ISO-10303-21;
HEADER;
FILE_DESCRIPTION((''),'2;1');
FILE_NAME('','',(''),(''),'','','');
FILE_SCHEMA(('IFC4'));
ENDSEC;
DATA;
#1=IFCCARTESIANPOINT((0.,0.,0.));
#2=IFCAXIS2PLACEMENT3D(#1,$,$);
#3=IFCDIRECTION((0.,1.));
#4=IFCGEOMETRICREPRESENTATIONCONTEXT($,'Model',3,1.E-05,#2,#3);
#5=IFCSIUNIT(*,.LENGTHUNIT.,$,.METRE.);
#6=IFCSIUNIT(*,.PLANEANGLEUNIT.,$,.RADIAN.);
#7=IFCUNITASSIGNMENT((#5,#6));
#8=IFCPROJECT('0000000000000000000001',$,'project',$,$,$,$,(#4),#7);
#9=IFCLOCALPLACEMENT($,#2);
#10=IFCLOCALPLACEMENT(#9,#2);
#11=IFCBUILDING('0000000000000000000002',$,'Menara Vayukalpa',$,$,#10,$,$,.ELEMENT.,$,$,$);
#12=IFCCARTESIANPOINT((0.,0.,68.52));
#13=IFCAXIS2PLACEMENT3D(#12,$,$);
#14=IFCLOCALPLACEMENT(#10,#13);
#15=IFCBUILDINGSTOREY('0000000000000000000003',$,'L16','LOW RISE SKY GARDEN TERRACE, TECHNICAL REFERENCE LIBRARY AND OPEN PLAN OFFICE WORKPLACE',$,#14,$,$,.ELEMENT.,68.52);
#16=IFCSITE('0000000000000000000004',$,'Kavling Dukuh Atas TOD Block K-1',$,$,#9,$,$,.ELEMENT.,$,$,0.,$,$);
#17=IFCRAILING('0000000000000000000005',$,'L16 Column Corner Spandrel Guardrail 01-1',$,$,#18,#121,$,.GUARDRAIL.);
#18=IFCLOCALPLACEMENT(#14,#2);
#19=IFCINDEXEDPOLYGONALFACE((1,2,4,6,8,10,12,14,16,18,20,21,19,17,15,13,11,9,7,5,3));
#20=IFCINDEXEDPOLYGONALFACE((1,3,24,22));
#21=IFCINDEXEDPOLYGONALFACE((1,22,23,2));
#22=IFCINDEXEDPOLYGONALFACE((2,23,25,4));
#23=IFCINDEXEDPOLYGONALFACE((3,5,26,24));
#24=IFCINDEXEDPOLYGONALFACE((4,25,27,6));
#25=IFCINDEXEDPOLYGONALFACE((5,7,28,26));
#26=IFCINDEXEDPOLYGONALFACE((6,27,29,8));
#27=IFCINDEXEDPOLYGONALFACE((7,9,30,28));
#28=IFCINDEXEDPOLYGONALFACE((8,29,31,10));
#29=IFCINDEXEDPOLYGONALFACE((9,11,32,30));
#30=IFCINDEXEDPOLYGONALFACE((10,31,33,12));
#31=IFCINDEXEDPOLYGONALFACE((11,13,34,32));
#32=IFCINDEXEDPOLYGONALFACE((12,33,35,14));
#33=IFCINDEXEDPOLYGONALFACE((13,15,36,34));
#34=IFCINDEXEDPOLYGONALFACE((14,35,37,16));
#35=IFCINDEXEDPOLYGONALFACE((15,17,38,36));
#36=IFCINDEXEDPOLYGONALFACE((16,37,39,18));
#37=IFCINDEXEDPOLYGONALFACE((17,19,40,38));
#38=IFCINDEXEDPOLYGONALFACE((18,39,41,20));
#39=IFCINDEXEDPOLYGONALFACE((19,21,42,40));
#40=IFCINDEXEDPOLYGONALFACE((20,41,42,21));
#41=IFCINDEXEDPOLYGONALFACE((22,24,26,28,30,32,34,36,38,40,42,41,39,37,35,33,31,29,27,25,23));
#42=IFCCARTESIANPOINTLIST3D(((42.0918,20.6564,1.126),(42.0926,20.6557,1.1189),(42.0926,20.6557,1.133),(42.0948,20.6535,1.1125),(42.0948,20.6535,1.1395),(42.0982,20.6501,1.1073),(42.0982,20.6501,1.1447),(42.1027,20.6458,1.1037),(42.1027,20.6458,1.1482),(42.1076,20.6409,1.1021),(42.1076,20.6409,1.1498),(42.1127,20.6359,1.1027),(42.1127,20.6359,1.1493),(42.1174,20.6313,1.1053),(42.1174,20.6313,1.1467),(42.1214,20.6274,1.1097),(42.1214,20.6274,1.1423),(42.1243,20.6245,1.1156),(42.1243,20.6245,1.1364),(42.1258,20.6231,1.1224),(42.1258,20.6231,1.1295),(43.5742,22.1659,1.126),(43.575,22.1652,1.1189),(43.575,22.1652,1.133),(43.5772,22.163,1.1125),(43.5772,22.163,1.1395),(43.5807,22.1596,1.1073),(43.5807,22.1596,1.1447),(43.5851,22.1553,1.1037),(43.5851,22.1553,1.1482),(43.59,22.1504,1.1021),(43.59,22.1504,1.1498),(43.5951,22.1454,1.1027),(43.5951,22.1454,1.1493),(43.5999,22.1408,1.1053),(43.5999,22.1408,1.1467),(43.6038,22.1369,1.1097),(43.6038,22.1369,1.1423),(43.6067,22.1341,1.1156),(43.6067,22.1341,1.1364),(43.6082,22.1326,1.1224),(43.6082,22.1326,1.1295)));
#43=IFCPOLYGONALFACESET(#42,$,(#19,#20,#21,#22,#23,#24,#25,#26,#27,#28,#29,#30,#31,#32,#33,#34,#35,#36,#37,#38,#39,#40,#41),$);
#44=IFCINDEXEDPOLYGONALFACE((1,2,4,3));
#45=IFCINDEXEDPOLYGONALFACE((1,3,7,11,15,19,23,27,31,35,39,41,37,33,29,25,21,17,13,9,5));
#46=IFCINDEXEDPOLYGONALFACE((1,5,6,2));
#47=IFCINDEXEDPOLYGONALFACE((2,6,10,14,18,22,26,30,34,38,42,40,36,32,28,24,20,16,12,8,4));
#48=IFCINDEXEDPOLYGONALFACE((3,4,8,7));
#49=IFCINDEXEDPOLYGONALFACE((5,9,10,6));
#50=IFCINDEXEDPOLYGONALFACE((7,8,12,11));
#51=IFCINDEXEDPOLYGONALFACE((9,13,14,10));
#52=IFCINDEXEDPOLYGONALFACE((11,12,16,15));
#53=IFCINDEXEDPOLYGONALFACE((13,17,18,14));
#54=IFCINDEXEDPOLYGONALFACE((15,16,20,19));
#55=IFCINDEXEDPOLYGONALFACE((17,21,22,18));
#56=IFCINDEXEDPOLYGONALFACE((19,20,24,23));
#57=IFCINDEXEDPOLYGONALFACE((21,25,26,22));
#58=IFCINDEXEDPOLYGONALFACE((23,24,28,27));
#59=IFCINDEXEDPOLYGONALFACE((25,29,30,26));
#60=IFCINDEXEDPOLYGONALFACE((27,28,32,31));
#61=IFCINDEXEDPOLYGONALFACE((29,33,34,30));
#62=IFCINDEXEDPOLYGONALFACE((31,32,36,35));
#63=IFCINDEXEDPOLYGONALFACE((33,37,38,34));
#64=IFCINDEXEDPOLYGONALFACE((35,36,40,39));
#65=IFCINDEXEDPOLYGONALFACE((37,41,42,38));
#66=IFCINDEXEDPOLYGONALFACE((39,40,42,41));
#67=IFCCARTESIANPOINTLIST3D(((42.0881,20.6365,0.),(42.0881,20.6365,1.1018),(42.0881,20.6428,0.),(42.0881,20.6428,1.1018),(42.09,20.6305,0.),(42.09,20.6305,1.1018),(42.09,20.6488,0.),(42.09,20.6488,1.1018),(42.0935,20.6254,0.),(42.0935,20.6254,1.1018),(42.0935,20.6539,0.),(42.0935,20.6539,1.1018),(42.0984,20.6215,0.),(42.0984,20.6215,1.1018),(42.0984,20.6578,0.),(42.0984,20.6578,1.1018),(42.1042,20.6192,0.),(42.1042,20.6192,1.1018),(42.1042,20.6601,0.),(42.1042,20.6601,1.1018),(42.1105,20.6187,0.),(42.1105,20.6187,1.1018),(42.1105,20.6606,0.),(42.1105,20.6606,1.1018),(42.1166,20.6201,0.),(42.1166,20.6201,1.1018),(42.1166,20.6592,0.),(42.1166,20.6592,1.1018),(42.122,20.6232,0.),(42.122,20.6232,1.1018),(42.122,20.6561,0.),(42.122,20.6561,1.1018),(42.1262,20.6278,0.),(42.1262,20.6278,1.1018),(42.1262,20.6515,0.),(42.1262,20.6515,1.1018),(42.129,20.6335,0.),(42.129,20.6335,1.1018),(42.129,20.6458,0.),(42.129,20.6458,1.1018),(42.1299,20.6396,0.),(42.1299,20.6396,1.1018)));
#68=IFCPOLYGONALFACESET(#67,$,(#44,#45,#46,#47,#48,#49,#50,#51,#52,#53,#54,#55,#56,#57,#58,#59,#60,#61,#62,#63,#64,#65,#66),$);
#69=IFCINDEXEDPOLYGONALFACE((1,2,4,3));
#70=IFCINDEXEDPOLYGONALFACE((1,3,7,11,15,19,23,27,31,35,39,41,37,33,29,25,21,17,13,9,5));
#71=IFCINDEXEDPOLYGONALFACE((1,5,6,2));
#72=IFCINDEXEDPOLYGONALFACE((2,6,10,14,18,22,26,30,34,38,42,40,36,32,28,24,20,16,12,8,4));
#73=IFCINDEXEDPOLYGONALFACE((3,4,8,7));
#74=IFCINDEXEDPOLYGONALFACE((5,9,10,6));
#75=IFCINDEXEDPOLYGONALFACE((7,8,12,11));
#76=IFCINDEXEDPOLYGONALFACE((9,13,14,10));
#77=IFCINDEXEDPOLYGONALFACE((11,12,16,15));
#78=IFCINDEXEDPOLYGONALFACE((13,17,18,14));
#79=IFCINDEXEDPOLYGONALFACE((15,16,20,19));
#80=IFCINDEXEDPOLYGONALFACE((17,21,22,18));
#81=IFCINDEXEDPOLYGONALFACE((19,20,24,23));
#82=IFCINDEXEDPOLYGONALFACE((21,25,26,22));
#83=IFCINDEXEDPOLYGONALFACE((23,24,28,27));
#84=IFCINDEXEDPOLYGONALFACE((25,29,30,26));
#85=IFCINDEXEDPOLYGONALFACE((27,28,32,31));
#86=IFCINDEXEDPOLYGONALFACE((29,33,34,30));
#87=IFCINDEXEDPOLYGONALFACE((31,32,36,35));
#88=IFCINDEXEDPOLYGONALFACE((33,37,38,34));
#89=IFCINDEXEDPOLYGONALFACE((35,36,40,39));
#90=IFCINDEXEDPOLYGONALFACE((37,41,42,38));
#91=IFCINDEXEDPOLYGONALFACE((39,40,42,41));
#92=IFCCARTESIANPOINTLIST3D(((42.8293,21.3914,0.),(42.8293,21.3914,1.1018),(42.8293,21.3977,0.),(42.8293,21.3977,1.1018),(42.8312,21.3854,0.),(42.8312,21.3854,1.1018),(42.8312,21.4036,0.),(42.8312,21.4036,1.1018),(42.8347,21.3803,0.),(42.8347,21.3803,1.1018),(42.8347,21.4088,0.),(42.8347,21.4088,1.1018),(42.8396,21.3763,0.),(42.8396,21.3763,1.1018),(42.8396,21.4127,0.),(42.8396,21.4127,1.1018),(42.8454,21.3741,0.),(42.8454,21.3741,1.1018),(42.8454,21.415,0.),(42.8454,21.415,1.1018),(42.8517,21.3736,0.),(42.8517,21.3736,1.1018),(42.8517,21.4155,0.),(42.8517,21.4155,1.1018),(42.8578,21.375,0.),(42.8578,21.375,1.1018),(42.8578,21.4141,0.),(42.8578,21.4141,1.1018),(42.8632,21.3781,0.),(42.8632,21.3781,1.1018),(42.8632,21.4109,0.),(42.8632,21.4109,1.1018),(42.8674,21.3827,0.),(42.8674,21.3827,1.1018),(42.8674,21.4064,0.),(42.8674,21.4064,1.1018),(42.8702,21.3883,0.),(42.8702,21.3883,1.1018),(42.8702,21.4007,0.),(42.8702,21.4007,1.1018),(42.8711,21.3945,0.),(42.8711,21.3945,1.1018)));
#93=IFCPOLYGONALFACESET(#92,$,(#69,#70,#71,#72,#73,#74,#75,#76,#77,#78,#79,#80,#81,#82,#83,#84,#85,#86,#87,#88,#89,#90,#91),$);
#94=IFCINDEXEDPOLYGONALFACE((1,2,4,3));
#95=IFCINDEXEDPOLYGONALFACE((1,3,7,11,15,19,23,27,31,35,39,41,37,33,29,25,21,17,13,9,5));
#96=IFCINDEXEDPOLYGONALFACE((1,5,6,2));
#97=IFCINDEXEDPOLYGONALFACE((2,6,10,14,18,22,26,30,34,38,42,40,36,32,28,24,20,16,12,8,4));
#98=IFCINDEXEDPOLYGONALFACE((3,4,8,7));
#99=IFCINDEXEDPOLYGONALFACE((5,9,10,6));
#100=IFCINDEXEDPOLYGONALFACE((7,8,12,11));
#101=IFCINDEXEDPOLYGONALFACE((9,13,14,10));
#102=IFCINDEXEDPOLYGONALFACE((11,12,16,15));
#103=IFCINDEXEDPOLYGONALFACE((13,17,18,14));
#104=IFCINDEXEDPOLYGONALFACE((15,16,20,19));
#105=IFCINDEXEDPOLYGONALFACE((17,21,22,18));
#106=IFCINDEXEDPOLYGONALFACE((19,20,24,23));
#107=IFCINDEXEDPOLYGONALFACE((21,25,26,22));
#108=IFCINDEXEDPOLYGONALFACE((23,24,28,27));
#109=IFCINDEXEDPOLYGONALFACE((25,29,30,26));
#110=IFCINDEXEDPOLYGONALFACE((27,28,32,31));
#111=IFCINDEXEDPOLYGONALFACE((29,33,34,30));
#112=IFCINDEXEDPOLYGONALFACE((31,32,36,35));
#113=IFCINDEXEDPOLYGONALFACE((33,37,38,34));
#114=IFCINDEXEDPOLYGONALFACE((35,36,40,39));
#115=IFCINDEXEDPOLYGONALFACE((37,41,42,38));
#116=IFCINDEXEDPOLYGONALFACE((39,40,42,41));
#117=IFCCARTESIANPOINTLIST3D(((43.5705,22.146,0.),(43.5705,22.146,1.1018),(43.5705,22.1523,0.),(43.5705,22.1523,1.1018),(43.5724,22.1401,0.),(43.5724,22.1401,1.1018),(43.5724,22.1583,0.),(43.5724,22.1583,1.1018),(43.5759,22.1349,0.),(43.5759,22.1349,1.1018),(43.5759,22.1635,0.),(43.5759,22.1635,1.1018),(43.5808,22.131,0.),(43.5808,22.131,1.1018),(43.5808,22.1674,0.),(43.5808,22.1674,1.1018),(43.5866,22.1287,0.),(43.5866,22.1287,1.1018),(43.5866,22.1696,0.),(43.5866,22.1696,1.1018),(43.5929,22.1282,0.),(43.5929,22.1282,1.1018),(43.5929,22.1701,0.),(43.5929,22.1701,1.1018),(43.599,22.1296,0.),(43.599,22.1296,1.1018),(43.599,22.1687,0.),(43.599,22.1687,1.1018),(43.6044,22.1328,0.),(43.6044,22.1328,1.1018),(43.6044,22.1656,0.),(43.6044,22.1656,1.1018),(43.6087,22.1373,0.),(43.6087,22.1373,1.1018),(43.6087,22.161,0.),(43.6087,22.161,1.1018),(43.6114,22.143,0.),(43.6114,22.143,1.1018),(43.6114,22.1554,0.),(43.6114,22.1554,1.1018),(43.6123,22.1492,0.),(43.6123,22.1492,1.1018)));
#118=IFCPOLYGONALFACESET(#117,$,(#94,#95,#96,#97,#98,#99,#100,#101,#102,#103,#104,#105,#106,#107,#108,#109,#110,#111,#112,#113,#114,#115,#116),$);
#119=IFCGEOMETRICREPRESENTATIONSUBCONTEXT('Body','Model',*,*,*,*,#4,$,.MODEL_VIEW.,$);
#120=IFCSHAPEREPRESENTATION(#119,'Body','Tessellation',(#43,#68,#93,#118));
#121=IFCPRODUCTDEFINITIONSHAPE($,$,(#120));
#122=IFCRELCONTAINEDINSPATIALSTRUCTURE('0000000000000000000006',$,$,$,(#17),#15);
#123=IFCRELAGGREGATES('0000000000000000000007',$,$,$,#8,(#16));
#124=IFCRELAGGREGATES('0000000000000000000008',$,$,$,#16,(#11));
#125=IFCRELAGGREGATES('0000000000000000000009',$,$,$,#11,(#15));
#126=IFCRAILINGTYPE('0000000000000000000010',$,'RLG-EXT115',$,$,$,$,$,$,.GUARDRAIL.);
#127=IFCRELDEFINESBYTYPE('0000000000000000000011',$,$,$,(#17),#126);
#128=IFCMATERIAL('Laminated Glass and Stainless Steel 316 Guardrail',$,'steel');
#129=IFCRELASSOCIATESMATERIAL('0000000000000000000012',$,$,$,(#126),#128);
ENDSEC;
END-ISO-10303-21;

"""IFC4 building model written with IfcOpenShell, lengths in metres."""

from ifc_helpers import new_model, si_unit, direction, frame, origin, origin_2d, place, context, subcontext, project, spatial, circle, extrude, material, type_object, element, save


model = new_model("IFC4")

# Units and contexts
model_context = context("Model", 3, precision=1e-05, world=origin(), true_north=direction((0.0, 1.0)))
body_context = subcontext(model_context, "Body", "Model", "MODEL_VIEW")
ifc_project = project(units=[si_unit("LENGTHUNIT", "METRE"), si_unit("PLANEANGLEUNIT", "RADIAN")], contexts=[model_context])

# Site, building, storey
site_placement = place(None, origin())
site = spatial("IfcSite", under=ifc_project, at=site_placement, Name="Kavling Dukuh Atas TOD Block K-1", CompositionType="ELEMENT", RefElevation=0.0)
building_placement = place(site_placement, origin())
building = spatial("IfcBuilding", under=site, at=building_placement, Name="Menara Vayukalpa", CompositionType="ELEMENT")
storey_placement = place(building_placement, frame((0.0, 0.0, 68.52)))
storey = spatial("IfcBuildingStorey", under=building, at=storey_placement, Name="L16", Description="LOW RISE SKY GARDEN TERRACE, TECHNICAL REFERENCE LIBRARY AND OPEN PLAN OFFICE WORKPLACE", CompositionType="ELEMENT", Elevation=68.52)

# Railing
ifc_material_1 = material(Name="Laminated Glass and Stainless Steel 316 Guardrail", Category="steel")
railing_type = type_object("IfcRailingType", Name="RLG-EXT115", PredefinedType="GUARDRAIL", material=ifc_material_1)
railing_1_placement = place(storey_placement, frame((42.1089, 20.6396, 0.0)))
element("IfcRailing", 1, at=railing_1_placement, inside=storey, type_object=railing_type, Name="L16 Column Corner Spandrel Guardrail 01-1", PredefinedType="GUARDRAIL", context=body_context, shape_type="SweptSolid", body=[
    extrude(circle(Radius=0.0239, at=origin_2d()), frame((0.0, 0.0, 1.126), z_axis=(0.700673, 0.713482, 0.0), x_axis=(-0.713482, 0.700673, 0.0)), (0.0, 0.0, 1.0), 2.1157),
    extrude(circle(Radius=0.021, at=origin_2d()), origin(), (0.0, 0.0, 1.0), 1.1018),
    extrude(circle(Radius=0.021, at=origin_2d()), frame((0.7412, 0.7549, 0.0)), (0.0, 0.0, 1.0), 1.1018),
    extrude(circle(Radius=0.021, at=origin_2d()), frame((1.4824, 1.5095, 0.0)), (0.0, 0.0, 1.0), 1.1018),
])

save(model, "model.ifc")
